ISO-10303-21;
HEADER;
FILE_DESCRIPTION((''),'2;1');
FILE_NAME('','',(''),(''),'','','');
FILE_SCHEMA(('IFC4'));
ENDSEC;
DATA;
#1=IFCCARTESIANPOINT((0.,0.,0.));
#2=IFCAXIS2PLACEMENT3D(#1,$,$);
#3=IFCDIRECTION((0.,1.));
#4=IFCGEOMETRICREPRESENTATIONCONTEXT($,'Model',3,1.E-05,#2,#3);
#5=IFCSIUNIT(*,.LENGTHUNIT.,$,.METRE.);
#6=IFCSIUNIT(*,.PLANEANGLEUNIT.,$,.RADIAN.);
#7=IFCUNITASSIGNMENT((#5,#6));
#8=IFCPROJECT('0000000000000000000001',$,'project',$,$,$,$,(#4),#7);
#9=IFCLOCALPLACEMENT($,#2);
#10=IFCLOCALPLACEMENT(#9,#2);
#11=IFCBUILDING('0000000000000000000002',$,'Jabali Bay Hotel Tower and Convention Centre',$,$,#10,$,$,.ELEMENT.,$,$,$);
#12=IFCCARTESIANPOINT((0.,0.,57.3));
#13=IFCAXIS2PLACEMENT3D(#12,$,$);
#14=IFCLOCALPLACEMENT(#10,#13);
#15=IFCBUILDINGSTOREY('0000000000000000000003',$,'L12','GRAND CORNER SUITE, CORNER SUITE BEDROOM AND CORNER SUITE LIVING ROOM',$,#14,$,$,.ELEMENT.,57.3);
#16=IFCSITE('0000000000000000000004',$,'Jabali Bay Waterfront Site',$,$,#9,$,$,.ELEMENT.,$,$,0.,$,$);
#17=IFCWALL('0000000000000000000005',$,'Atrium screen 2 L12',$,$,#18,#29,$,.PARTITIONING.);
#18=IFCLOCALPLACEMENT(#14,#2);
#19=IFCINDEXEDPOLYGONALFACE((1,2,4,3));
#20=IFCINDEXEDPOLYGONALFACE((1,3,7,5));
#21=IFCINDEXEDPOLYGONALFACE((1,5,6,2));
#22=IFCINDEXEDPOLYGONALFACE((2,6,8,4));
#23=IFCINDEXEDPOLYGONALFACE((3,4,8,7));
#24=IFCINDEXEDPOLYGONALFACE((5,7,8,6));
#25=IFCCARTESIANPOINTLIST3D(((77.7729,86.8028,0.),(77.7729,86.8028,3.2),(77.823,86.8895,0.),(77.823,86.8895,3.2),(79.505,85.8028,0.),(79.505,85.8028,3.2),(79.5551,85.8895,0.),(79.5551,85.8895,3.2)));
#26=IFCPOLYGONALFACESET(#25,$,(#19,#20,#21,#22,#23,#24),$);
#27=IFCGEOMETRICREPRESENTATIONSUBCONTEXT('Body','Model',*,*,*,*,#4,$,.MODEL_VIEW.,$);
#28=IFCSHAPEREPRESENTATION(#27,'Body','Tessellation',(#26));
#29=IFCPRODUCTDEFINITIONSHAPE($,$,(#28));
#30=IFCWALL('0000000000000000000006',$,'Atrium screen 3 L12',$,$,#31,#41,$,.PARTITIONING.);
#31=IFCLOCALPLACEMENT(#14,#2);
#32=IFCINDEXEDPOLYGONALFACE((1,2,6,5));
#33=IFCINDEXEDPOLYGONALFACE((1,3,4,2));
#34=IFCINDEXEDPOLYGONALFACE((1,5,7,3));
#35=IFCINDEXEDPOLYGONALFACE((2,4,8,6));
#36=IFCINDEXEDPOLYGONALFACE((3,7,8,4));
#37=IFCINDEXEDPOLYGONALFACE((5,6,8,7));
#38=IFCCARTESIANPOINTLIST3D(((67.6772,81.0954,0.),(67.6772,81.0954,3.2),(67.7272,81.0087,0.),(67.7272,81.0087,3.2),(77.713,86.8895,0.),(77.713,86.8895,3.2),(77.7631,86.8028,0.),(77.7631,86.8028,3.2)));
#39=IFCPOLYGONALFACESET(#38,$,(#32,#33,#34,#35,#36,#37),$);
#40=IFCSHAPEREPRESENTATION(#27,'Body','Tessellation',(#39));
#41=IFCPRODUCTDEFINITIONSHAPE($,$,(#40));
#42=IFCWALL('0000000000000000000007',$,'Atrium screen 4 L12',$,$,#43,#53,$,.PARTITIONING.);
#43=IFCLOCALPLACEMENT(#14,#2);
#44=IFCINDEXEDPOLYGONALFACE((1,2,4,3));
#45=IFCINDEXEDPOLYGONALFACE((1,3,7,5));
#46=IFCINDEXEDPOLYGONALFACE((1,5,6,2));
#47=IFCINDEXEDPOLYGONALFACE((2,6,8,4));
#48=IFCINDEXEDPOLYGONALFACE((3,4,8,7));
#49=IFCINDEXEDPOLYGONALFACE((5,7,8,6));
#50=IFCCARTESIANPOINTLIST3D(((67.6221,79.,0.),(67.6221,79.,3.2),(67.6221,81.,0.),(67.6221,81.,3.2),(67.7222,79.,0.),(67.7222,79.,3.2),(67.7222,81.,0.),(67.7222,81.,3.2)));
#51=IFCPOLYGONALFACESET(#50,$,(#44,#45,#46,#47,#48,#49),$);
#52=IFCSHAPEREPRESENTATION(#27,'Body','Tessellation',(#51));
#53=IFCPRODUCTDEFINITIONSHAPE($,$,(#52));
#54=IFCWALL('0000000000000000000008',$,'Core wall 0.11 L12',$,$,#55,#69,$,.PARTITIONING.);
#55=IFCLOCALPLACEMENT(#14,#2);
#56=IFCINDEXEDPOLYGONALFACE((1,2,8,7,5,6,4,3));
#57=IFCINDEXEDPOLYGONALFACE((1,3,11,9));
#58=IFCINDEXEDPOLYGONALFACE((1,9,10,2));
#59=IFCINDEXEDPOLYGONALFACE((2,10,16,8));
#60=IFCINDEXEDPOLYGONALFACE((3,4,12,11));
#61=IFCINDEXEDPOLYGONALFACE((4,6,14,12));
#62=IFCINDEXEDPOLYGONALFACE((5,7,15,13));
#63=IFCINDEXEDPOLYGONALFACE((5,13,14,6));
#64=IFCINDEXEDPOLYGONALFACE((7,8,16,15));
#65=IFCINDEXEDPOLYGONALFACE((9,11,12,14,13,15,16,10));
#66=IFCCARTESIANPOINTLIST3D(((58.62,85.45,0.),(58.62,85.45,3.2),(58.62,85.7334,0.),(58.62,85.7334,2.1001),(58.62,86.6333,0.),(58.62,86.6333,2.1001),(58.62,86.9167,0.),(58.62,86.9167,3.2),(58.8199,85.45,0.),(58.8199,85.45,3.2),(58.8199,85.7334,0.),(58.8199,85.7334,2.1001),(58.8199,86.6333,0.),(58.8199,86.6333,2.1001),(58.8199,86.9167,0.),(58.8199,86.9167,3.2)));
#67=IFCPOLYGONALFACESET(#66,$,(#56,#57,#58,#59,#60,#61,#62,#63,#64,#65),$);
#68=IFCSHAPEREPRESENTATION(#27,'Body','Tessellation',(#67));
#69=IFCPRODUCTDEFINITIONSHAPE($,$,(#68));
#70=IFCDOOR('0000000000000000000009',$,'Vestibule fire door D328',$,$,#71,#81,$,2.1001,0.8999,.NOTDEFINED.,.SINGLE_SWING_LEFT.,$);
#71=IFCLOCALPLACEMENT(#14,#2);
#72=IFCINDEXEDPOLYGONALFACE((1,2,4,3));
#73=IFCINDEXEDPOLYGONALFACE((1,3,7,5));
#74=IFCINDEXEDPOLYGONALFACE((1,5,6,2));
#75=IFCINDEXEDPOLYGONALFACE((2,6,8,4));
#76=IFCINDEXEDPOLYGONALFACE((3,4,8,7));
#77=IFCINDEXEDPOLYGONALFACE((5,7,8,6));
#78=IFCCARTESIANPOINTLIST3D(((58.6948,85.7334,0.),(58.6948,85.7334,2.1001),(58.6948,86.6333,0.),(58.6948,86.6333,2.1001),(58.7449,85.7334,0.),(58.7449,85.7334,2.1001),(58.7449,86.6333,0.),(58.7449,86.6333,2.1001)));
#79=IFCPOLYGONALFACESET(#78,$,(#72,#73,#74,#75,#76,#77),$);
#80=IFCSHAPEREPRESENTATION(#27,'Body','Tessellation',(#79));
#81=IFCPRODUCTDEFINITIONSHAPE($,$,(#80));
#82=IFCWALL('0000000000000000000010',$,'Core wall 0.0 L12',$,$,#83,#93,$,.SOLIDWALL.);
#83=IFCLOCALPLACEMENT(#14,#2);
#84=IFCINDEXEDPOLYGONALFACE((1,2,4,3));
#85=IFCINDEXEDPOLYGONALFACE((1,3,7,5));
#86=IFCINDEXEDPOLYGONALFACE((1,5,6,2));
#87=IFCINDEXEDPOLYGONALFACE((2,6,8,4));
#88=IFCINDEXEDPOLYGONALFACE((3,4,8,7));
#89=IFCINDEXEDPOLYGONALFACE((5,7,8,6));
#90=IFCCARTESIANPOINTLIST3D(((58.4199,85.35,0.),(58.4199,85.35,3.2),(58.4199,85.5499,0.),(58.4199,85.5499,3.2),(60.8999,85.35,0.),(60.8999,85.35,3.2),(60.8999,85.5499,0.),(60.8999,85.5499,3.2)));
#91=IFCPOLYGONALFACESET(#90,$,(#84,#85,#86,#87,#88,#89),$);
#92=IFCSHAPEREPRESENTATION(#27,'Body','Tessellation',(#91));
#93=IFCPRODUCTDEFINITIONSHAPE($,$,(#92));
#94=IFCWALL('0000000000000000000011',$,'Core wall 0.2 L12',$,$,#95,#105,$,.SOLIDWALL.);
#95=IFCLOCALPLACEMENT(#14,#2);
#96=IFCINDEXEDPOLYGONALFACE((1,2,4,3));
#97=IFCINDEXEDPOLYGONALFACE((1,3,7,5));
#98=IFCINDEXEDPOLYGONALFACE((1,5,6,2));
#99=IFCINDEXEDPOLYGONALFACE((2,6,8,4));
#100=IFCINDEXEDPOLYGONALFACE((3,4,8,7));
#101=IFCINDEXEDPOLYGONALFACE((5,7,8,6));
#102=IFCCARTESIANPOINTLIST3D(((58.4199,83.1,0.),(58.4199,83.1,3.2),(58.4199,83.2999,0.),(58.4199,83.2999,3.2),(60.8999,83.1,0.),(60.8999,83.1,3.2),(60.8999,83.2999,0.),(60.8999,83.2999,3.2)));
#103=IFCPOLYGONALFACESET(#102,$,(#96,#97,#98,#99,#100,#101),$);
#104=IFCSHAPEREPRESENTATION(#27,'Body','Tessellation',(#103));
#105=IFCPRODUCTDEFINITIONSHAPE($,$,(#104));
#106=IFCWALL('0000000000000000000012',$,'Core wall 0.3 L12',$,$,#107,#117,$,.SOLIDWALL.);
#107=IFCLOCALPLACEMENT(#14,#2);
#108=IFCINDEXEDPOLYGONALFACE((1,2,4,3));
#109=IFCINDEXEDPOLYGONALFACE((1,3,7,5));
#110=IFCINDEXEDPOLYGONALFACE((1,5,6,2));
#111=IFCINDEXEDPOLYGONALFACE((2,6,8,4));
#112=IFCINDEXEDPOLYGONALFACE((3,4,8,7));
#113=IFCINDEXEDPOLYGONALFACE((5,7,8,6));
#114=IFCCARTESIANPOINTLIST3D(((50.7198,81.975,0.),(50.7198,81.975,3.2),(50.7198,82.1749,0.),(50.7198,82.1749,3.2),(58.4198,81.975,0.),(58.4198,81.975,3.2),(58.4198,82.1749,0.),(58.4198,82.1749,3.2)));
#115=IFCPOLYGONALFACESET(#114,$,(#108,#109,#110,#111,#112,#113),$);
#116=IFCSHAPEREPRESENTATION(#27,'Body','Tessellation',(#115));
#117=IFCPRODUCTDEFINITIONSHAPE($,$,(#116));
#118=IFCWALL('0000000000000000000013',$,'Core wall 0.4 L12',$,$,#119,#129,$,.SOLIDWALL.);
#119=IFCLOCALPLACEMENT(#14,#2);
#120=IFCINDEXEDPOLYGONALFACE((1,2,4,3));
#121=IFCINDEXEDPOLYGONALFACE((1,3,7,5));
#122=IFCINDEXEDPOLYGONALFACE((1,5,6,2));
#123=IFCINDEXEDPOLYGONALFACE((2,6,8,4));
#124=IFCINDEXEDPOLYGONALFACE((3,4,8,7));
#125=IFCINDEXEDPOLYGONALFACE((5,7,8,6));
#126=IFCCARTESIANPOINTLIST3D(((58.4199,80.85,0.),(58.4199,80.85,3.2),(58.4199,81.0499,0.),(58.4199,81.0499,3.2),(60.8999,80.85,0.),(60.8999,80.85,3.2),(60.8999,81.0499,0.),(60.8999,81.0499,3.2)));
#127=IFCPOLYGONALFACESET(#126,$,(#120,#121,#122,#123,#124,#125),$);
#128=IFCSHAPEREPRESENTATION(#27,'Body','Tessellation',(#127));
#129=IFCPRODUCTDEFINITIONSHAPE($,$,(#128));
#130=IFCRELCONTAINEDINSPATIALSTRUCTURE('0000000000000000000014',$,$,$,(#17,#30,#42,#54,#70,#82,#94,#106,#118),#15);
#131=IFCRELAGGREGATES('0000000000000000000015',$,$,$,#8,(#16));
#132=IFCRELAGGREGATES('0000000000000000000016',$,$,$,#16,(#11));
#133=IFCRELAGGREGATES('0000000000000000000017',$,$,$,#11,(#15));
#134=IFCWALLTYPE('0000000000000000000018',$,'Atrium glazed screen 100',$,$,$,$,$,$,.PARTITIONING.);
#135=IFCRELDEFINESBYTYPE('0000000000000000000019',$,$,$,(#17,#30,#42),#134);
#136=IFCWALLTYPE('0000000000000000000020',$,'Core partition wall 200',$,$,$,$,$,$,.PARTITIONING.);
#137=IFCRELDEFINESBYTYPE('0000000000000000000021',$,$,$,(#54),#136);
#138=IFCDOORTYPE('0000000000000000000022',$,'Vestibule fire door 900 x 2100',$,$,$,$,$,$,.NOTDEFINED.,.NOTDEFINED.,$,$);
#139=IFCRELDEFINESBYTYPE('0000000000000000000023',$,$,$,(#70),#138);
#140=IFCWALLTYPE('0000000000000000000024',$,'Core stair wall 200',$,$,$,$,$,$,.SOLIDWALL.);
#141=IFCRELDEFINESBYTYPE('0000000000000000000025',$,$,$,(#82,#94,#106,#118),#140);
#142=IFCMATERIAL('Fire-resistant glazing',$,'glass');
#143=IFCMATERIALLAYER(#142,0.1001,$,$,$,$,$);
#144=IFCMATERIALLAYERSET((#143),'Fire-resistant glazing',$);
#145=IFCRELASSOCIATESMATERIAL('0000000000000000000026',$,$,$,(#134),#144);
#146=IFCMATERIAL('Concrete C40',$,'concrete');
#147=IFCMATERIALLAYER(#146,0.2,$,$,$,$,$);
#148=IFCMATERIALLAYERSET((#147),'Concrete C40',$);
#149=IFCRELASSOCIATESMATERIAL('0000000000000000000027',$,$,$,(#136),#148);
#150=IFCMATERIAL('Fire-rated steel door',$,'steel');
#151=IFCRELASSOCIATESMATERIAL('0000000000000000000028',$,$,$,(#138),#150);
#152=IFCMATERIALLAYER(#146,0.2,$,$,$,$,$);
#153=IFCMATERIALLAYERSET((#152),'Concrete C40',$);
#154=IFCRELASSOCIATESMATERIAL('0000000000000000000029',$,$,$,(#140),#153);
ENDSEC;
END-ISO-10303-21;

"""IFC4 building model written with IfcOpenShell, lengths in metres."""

from ifc_helpers import new_model, si_unit, direction, frame, frame_2d, origin, place, context, subcontext, project, spatial, rectangle, extrude, material, layer, layer_set, type_object, element, fill, save


model = new_model("IFC4")

# Units and contexts
model_context = context("Model", 3, precision=1e-05, world=origin(), true_north=direction((0.0, 1.0)))
body_context = subcontext(model_context, "Body", "Model", "MODEL_VIEW")
ifc_project = project(units=[si_unit("LENGTHUNIT", "METRE"), si_unit("PLANEANGLEUNIT", "RADIAN")], contexts=[model_context])

# Site, building, storey
site_placement = place(None, origin())
site = spatial("IfcSite", under=ifc_project, at=site_placement, Name="Jabali Bay Waterfront Site", CompositionType="ELEMENT", RefElevation=0.0)
building_placement = place(site_placement, origin())
building = spatial("IfcBuilding", under=site, at=building_placement, Name="Jabali Bay Hotel Tower and Convention Centre", CompositionType="ELEMENT")
storey_placement = place(building_placement, frame((0.0, 0.0, 57.3)))
storey = spatial("IfcBuildingStorey", under=building, at=storey_placement, Name="L12", Description="GRAND CORNER SUITE, CORNER SUITE BEDROOM AND CORNER SUITE LIVING ROOM", CompositionType="ELEMENT", Elevation=57.3)

# Walls
ifc_material_1 = material(Name="Fire-resistant glazing", Category="glass")
ifc_layer_1 = layer(ifc_material_1, 0.1001)
ifc_layer_set_1 = layer_set([ifc_layer_1], Name="Fire-resistant glazing")
wall_type_1 = type_object("IfcWallType", Name="Atrium glazed screen 100", PredefinedType="PARTITIONING", material=ifc_layer_set_1)
wall_1_placement = place(storey_placement, frame((79.53, 85.8462, 0.0), z_axis=(0.0, 0.0, 1.0), x_axis=(-0.866041, 0.499973, 0.0)))
element("IfcWall", 1, at=wall_1_placement, inside=storey, type_object=wall_type_1, Name="Atrium screen 2 L12", PredefinedType="PARTITIONING", context=body_context, shape_type="SweptSolid", body=[
    extrude(rectangle(XDim=2.0, YDim=0.1001, at=frame_2d((1.0, 0.0))), origin(), (0.0, 0.0, 1.0), 3.2),
])
wall_2_placement = place(storey_placement, frame((77.738, 86.8462, 0.0), z_axis=(0.0, 0.0, 1.0), x_axis=(-0.866027, -0.499998, 0.0)))
element("IfcWall", 2, at=wall_2_placement, inside=storey, type_object=wall_type_1, Name="Atrium screen 3 L12", PredefinedType="PARTITIONING", context=body_context, shape_type="SweptSolid", body=[
    extrude(rectangle(XDim=11.5884, YDim=0.1001, at=frame_2d((5.7942, 0.0))), origin(), (0.0, 0.0, 1.0), 3.2),
])
wall_3_placement = place(storey_placement, frame((67.6721, 81.0, 0.0), z_axis=(0.0, 0.0, 1.0), x_axis=(0.0, -1.0, 0.0)))
element("IfcWall", 3, at=wall_3_placement, inside=storey, type_object=wall_type_1, Name="Atrium screen 4 L12", PredefinedType="PARTITIONING", context=body_context, shape_type="SweptSolid", body=[
    extrude(rectangle(XDim=2.0, YDim=0.1001, at=frame_2d((1.0, 0.0))), origin(), (0.0, 0.0, 1.0), 3.2),
])

# Wall, opening, door
ifc_material_2 = material(Name="Concrete C40", Category="concrete")
ifc_layer_2 = layer(ifc_material_2, 0.2)
ifc_layer_set_2 = layer_set([ifc_layer_2], Name="Concrete C40")
wall_type_2 = type_object("IfcWallType", Name="Core partition wall 200", PredefinedType="PARTITIONING", material=ifc_layer_set_2)
wall_4_placement = place(storey_placement, frame((58.72, 86.9167, 0.0), z_axis=(0.0, 0.0, 1.0), x_axis=(0.0, -1.0, 0.0)))
wall_4 = element("IfcWall", 4, at=wall_4_placement, inside=storey, type_object=wall_type_2, Name="Core wall 0.11 L12", PredefinedType="PARTITIONING", context=body_context, shape_type="SweptSolid", body=[
    extrude(rectangle(XDim=1.4668, YDim=0.2, at=frame_2d((0.7334, 0.0))), origin(), (0.0, 0.0, 1.0), 3.2),
])
opening_1_placement = place(wall_4_placement, frame((0.2834, 0.0, 0.0)))
opening_1 = element("IfcOpeningElement", 5, at=opening_1_placement, cuts=wall_4, PredefinedType="OPENING", context=body_context, shape_type="SweptSolid", body=[
    extrude(rectangle(XDim=0.8999, YDim=2.1001, at=frame_2d((0.45, 1.05))), frame((0.0, 0.1104, 0.0), z_axis=(0.0, -1.0, 0.0), x_axis=(1.0, 0.0, 0.0)), (0.0, 0.0, 1.0), 0.2209),
])
ifc_material_3 = material(Name="Fire-rated steel door", Category="steel")
door_type_1 = type_object("IfcDoorType", Name="Vestibule fire door 900 x 2100", OperationType="NOTDEFINED", PredefinedType="NOTDEFINED", material=ifc_material_3)
door_1_placement = place(opening_1_placement, origin())
door_1 = element("IfcDoor", 6, at=door_1_placement, inside=storey, type_object=door_type_1, Name="Vestibule fire door D328", OperationType="SINGLE_SWING_LEFT", OverallHeight=2.1001, OverallWidth=0.8999, PredefinedType="NOTDEFINED", context=body_context, shape_type="SweptSolid", body=[
    extrude(rectangle(XDim=0.8999, YDim=2.1001, at=frame_2d((0.45, 1.05))), frame((0.0, 0.0249, 0.0), z_axis=(0.0, -1.0, 0.0), x_axis=(1.0, 0.0, 0.0)), (0.0, 0.0, 1.0), 0.05),
])
fill(opening_1, door_1)

# Walls
ifc_layer_3 = layer(ifc_material_2, 0.2)
ifc_layer_set_3 = layer_set([ifc_layer_3], Name="Concrete C40")
wall_type_3 = type_object("IfcWallType", Name="Core stair wall 200", PredefinedType="SOLIDWALL", material=ifc_layer_set_3)
for number, where, z_axis, x_axis, name in (
    (7, (60.8999, 85.45, 0.0), (0.0, 0.0, 1.0), (-1.0, 0.0, 0.0), "Core wall 0.0 L12"),
    (8, (60.8999, 83.2, 0.0), (0.0, 0.0, 1.0), (-1.0, 0.0, 0.0), "Core wall 0.2 L12"),
):
    element("IfcWall", number, at=place(storey_placement, frame(where, z_axis=z_axis, x_axis=x_axis)), inside=storey, type_object=wall_type_3, Name=name, PredefinedType="SOLIDWALL", context=body_context, shape_type="SweptSolid", body=[
        extrude(rectangle(XDim=2.48, YDim=0.2, at=frame_2d((1.24, 0.0))), origin(), (0.0, 0.0, 1.0), 3.2),
    ])
wall_5_placement = place(storey_placement, frame((58.4199, 82.075, 0.0), z_axis=(0.0, 0.0, 1.0), x_axis=(-1.0, 0.0, 0.0)))
element("IfcWall", 9, at=wall_5_placement, inside=storey, type_object=wall_type_3, Name="Core wall 0.3 L12", PredefinedType="SOLIDWALL", context=body_context, shape_type="SweptSolid", body=[
    extrude(rectangle(XDim=7.7, YDim=0.2, at=frame_2d((3.8501, 0.0))), origin(), (0.0, 0.0, 1.0), 3.2),
])
wall_6_placement = place(storey_placement, frame((60.8999, 80.95, 0.0), z_axis=(0.0, 0.0, 1.0), x_axis=(-1.0, 0.0, 0.0)))
element("IfcWall", 10, at=wall_6_placement, inside=storey, type_object=wall_type_3, Name="Core wall 0.4 L12", PredefinedType="SOLIDWALL", context=body_context, shape_type="SweptSolid", body=[
    extrude(rectangle(XDim=2.48, YDim=0.2, at=frame_2d((1.24, 0.0))), origin(), (0.0, 0.0, 1.0), 3.2),
])

save(model, "model.ifc")
